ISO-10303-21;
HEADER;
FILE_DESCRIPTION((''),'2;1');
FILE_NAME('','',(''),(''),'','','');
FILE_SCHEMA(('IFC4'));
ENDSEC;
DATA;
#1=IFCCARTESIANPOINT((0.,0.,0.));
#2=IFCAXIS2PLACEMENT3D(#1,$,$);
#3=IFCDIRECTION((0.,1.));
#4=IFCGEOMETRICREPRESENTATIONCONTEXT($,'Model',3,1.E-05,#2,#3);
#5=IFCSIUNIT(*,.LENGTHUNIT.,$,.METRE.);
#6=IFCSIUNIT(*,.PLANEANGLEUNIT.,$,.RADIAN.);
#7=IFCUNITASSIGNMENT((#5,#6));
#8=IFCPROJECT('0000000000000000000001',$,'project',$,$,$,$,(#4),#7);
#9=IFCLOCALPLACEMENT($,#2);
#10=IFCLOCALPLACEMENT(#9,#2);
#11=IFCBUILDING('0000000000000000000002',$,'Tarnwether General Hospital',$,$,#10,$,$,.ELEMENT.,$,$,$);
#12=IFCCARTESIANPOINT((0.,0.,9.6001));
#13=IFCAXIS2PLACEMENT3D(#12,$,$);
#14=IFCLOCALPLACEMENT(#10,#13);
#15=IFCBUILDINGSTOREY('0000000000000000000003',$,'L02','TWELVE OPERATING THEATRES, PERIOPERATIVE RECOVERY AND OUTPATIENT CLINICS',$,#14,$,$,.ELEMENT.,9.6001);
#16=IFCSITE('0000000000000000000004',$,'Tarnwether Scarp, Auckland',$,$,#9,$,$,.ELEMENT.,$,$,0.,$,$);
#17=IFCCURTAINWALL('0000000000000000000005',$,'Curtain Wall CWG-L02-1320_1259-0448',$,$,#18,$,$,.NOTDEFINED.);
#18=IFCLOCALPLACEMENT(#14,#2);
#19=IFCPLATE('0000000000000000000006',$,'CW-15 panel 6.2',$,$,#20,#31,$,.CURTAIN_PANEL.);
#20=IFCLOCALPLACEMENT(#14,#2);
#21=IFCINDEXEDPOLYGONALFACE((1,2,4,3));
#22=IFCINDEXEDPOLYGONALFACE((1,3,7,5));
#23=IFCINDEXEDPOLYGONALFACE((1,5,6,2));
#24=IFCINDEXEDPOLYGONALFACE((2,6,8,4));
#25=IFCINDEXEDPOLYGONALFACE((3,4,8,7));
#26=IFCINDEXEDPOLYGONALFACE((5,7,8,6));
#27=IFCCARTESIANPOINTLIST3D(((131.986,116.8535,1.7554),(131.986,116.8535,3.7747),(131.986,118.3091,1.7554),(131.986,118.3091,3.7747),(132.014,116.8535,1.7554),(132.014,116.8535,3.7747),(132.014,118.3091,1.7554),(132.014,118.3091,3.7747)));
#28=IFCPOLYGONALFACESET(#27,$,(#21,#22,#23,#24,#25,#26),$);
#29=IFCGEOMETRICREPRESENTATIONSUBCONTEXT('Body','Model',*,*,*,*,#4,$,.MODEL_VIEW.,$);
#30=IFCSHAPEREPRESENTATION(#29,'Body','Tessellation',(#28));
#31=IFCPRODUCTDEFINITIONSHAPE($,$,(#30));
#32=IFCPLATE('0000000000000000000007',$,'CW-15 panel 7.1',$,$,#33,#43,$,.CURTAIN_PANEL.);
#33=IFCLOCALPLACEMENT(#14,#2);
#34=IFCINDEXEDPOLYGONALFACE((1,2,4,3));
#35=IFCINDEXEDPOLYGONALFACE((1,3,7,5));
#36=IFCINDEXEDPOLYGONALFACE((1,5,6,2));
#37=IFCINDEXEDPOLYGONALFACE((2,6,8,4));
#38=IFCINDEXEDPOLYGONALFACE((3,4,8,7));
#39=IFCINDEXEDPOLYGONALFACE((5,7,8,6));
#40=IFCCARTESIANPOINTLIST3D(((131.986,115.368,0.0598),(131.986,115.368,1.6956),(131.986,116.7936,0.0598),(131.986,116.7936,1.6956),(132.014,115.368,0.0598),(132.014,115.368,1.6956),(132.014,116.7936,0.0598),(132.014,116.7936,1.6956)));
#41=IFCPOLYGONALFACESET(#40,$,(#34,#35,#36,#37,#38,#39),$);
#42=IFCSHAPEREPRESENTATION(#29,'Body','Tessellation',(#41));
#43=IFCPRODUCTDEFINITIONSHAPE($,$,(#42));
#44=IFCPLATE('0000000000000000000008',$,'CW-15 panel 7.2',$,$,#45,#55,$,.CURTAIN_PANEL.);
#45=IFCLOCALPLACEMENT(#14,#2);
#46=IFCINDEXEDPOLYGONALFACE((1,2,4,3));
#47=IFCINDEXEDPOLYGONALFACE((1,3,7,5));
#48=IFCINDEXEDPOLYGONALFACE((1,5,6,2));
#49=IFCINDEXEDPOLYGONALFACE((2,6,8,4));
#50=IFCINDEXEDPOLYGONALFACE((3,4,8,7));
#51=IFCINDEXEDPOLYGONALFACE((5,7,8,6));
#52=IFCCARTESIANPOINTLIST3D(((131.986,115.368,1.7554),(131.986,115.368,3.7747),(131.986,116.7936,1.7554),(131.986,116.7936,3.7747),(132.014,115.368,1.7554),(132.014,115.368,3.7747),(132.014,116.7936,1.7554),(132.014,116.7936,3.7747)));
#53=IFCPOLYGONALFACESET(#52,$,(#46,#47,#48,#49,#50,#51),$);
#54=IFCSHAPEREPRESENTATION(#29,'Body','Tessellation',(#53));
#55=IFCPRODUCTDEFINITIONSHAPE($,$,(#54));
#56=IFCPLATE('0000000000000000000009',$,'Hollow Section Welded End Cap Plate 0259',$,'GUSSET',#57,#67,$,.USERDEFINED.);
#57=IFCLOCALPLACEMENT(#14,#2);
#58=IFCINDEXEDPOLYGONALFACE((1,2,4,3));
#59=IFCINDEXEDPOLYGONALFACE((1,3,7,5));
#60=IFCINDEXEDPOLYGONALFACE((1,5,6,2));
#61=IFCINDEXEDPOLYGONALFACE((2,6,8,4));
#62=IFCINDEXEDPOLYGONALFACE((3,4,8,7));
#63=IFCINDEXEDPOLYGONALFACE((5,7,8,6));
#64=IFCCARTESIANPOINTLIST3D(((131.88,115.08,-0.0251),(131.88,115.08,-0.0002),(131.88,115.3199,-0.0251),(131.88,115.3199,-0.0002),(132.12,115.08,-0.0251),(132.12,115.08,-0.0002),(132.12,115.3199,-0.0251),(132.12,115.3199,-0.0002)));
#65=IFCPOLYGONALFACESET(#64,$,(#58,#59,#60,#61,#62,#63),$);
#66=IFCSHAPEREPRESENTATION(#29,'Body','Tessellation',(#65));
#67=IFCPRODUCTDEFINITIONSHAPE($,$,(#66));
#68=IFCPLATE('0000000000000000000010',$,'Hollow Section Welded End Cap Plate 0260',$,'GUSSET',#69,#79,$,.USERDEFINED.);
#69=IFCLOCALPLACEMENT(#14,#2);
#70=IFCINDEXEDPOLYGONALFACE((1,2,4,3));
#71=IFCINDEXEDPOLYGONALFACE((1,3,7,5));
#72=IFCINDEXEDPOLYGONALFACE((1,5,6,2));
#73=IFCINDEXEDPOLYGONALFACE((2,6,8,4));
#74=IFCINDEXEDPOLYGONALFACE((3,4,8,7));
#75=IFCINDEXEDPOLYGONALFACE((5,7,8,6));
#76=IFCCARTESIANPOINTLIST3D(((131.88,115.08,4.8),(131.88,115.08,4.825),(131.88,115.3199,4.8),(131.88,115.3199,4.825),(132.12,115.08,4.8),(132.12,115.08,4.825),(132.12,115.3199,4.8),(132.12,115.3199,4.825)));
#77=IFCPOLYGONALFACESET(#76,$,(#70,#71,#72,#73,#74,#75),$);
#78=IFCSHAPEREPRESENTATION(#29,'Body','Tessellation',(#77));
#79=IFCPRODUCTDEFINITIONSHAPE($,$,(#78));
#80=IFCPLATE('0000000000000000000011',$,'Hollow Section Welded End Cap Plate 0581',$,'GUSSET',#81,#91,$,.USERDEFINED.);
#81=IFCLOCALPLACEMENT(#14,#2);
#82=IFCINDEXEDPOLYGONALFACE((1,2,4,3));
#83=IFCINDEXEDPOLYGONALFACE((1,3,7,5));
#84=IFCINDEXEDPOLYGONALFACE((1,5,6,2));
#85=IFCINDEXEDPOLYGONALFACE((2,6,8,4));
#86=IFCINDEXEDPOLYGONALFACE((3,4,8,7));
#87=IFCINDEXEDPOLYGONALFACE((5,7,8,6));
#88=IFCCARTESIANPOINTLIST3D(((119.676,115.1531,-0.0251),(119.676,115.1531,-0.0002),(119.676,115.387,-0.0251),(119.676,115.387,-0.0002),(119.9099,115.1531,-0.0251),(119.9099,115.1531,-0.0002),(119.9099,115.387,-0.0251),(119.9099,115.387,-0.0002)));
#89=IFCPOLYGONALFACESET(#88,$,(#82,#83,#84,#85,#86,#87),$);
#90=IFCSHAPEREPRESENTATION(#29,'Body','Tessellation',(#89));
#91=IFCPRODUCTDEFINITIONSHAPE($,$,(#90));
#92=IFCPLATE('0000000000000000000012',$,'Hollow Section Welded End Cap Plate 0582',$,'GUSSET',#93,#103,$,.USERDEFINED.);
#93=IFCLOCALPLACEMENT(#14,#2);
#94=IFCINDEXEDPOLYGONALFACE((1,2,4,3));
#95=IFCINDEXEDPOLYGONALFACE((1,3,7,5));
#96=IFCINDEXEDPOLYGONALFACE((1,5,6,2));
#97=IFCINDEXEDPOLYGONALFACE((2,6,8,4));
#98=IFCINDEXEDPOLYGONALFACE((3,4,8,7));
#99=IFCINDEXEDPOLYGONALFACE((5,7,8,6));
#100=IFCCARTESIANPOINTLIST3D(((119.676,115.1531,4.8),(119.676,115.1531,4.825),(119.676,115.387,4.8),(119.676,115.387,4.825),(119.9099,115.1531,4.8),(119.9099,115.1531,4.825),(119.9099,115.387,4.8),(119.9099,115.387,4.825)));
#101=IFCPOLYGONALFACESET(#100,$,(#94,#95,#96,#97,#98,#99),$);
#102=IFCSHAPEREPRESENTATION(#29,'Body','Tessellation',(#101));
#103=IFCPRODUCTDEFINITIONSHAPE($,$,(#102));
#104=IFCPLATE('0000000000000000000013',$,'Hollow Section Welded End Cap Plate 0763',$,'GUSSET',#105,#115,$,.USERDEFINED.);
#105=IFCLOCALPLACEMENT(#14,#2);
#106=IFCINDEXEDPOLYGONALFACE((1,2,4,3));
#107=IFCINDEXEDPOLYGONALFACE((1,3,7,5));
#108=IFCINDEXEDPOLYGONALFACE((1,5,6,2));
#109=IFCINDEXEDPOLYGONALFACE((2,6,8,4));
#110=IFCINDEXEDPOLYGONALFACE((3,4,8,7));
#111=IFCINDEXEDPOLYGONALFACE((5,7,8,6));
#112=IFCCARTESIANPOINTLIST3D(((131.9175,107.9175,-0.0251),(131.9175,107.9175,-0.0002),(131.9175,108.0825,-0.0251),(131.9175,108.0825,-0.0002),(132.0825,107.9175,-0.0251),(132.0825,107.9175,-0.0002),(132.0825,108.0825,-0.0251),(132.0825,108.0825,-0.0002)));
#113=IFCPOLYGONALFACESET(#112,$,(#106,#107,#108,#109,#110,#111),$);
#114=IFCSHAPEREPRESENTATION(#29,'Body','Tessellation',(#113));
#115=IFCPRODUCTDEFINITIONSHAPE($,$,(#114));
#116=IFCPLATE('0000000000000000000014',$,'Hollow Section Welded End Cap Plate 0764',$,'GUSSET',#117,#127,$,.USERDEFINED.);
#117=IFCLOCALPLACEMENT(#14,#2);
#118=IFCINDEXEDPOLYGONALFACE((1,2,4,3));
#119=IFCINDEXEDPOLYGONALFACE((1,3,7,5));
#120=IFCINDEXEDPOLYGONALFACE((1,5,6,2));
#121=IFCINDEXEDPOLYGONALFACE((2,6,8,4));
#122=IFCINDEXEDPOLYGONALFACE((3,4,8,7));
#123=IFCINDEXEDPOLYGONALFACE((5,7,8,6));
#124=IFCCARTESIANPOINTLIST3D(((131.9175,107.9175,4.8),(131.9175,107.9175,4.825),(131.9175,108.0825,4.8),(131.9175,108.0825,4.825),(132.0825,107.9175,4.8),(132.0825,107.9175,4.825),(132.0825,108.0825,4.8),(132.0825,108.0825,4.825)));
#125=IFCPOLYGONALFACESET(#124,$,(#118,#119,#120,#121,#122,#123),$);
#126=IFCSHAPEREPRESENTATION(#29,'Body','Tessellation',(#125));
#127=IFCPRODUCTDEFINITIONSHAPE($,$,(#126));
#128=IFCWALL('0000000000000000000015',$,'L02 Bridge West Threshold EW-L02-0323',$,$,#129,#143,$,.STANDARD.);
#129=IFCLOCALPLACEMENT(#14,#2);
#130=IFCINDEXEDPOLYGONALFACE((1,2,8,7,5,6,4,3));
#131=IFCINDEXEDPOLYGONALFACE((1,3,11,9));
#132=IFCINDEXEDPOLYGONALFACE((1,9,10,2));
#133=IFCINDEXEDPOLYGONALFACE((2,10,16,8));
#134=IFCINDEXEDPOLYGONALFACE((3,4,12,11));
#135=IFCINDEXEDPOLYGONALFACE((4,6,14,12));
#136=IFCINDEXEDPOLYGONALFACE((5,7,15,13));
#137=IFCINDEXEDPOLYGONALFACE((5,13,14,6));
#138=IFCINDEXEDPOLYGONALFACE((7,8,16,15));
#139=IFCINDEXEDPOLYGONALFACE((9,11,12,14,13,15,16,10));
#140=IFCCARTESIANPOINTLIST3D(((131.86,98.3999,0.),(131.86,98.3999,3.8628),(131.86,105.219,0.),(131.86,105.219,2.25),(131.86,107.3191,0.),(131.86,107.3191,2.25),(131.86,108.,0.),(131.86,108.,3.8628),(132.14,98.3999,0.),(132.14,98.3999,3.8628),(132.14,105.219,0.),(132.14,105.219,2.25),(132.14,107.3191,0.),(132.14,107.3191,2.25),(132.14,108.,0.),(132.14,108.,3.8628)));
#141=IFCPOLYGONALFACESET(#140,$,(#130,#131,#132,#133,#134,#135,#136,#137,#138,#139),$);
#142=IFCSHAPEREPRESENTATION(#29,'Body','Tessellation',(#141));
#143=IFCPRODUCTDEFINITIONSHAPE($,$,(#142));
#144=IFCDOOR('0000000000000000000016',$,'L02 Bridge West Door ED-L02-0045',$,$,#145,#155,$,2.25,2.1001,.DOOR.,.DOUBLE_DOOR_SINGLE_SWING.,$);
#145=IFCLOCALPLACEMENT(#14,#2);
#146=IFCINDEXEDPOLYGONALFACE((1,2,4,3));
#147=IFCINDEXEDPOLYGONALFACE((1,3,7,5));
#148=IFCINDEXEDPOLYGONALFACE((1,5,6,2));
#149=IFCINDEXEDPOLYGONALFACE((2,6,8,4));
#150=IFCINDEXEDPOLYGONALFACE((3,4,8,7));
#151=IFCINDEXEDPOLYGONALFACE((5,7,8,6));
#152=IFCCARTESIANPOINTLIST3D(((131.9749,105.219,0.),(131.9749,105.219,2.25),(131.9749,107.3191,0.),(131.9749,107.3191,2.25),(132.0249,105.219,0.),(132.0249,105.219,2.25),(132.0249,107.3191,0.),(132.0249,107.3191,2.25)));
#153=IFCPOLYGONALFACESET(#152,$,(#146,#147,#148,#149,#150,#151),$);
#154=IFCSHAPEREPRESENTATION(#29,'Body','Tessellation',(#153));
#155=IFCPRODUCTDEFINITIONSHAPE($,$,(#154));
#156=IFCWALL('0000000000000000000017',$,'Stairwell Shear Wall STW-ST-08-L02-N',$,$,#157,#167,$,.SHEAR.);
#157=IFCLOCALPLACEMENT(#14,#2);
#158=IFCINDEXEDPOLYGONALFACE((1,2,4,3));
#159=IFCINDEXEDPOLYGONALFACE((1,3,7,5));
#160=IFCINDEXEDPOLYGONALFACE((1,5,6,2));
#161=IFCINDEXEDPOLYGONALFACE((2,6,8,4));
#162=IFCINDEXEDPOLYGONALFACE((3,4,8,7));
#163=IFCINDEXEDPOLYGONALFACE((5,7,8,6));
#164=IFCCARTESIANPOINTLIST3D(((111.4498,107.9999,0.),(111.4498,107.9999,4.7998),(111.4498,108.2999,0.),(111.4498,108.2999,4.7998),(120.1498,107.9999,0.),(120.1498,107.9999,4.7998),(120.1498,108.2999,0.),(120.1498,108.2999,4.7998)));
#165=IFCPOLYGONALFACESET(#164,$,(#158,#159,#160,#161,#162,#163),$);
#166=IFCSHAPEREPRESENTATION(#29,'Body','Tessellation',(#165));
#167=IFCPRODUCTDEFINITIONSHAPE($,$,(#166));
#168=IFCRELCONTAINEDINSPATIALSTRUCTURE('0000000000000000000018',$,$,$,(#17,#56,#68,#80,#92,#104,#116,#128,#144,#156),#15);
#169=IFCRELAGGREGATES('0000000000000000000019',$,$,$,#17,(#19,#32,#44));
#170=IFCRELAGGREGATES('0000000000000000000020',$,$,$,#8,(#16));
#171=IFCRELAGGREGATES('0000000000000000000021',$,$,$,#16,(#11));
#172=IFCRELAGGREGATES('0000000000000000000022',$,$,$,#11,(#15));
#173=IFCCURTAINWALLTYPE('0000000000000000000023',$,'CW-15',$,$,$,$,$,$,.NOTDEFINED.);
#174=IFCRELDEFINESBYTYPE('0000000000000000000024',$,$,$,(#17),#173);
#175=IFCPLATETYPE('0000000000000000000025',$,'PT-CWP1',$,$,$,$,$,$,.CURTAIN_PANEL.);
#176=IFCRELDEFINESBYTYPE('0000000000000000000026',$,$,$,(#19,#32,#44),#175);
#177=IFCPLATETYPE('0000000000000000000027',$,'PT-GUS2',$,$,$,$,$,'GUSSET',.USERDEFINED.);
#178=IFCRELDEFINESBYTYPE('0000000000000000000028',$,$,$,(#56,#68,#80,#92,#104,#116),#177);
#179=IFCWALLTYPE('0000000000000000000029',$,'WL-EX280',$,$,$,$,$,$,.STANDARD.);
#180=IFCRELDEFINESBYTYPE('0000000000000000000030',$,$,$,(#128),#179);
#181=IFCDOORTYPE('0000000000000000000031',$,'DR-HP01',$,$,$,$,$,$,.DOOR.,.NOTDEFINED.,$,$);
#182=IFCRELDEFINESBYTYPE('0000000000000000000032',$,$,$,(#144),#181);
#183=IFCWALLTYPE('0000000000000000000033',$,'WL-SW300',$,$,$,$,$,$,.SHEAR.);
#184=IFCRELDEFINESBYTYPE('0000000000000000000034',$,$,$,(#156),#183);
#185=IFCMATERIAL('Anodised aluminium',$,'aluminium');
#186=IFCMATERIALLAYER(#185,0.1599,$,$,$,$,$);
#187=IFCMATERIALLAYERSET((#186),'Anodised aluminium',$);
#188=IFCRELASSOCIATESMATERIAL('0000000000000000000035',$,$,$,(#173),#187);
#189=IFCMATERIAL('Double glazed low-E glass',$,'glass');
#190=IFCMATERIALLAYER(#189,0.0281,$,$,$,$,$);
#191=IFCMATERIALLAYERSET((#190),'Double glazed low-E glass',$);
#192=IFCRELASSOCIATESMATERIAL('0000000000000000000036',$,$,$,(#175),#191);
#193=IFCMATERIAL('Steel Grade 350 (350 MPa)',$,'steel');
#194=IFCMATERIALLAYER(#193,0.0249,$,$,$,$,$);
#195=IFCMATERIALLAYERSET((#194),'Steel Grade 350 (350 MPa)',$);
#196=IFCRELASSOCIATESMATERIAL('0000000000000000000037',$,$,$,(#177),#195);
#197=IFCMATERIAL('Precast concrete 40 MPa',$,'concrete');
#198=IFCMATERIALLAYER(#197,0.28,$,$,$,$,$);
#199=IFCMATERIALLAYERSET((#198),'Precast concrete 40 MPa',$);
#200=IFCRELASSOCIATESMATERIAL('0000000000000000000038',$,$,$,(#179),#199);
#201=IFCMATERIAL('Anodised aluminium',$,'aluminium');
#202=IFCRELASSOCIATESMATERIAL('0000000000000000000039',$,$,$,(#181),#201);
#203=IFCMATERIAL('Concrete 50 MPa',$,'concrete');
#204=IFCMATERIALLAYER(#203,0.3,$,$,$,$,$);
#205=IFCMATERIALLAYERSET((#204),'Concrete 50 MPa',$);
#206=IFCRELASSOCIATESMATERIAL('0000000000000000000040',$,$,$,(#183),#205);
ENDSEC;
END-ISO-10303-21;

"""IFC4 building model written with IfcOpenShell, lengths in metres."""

from ifc_helpers import new_model, si_unit, direction, frame, frame_2d, origin, origin_2d, place, context, subcontext, project, spatial, rectangle, extrude, material, layer, layer_set, type_object, element, fill, aggregate, save


model = new_model("IFC4")

# Units and contexts
model_context = context("Model", 3, precision=1e-05, world=origin(), true_north=direction((0.0, 1.0)))
body_context = subcontext(model_context, "Body", "Model", "MODEL_VIEW")
ifc_project = project(units=[si_unit("LENGTHUNIT", "METRE"), si_unit("PLANEANGLEUNIT", "RADIAN")], contexts=[model_context])

# Site, building, storey
site_placement = place(None, origin())
site = spatial("IfcSite", under=ifc_project, at=site_placement, Name="Tarnwether Scarp, Auckland", CompositionType="ELEMENT", RefElevation=0.0)
building_placement = place(site_placement, origin())
building = spatial("IfcBuilding", under=site, at=building_placement, Name="Tarnwether General Hospital", CompositionType="ELEMENT")
storey_placement = place(building_placement, frame((0.0, 0.0, 9.6001)))
storey = spatial("IfcBuildingStorey", under=building, at=storey_placement, Name="L02", Description="TWELVE OPERATING THEATRES, PERIOPERATIVE RECOVERY AND OUTPATIENT CLINICS", CompositionType="ELEMENT", Elevation=9.6001)

# Curtain wall
ifc_material_1 = material(Name="Anodised aluminium", Category="aluminium")
ifc_layer_1 = layer(ifc_material_1, 0.1599)
ifc_layer_set_1 = layer_set([ifc_layer_1], Name="Anodised aluminium")
curtain_wall_type = type_object("IfcCurtainWallType", Name="CW-15", PredefinedType="NOTDEFINED", material=ifc_layer_set_1)
curtain_wall_1_placement = place(storey_placement, origin())
curtain_wall_1 = element("IfcCurtainWall", 1, at=curtain_wall_1_placement, inside=storey, type_object=curtain_wall_type, Name="Curtain Wall CWG-L02-1320_1259-0448", PredefinedType="NOTDEFINED")

# Plates
ifc_material_2 = material(Name="Double glazed low-E glass", Category="glass")
ifc_layer_2 = layer(ifc_material_2, 0.0281)
ifc_layer_set_2 = layer_set([ifc_layer_2], Name="Double glazed low-E glass")
plate_type_1 = type_object("IfcPlateType", Name="PT-CWP1", PredefinedType="CURTAIN_PANEL", material=ifc_layer_set_2)
plate_1_placement = place(storey_placement, frame((132.0, 117.5813, 1.7554), z_axis=(0.0, 0.0, 1.0), x_axis=(0.0, -1.0, 0.0)))
plate_1 = element("IfcPlate", 2, at=plate_1_placement, type_object=plate_type_1, Name="CW-15 panel 6.2", PredefinedType="CURTAIN_PANEL", context=body_context, shape_type="SweptSolid", body=[
    extrude(rectangle(XDim=1.4556, YDim=0.0281, at=origin_2d()), origin(), (0.0, 0.0, 1.0), 2.0193),
])
plate_2_placement = place(storey_placement, frame((132.0, 116.0808, 0.0598), z_axis=(0.0, 0.0, 1.0), x_axis=(0.0, -1.0, 0.0)))
plate_2 = element("IfcPlate", 3, at=plate_2_placement, type_object=plate_type_1, Name="CW-15 panel 7.1", PredefinedType="CURTAIN_PANEL", context=body_context, shape_type="SweptSolid", body=[
    extrude(rectangle(XDim=1.4255, YDim=0.0281, at=origin_2d()), origin(), (0.0, 0.0, 1.0), 1.6357),
])
plate_3_placement = place(storey_placement, frame((132.0, 116.0808, 1.7554), z_axis=(0.0, 0.0, 1.0), x_axis=(0.0, -1.0, 0.0)))
plate_3 = element("IfcPlate", 4, at=plate_3_placement, type_object=plate_type_1, Name="CW-15 panel 7.2", PredefinedType="CURTAIN_PANEL", context=body_context, shape_type="SweptSolid", body=[
    extrude(rectangle(XDim=1.4255, YDim=0.0281, at=origin_2d()), origin(), (0.0, 0.0, 1.0), 2.0193),
])
aggregate(curtain_wall_1, [plate_1, plate_2, plate_3])

# Plates
ifc_material_3 = material(Name="Steel Grade 350 (350 MPa)", Category="steel")
ifc_layer_3 = layer(ifc_material_3, 0.0249)
ifc_layer_set_3 = layer_set([ifc_layer_3], Name="Steel Grade 350 (350 MPa)")
plate_type_2 = type_object("IfcPlateType", Name="PT-GUS2", ElementType="GUSSET", PredefinedType="USERDEFINED", material=ifc_layer_set_3)
for number, where, z_axis, x_axis, name in (
    (5, (132.0, 115.2, -0.0251), (0.0, 0.0, 1.0), (1.0, 0.0, 0.0), "Hollow Section Welded End Cap Plate 0259"),
    (6, (132.0, 115.2, 4.8), (0.0, 0.0, 1.0), (1.0, 0.0, 0.0), "Hollow Section Welded End Cap Plate 0260"),
):
    element("IfcPlate", number, at=place(storey_placement, frame(where, z_axis=z_axis, x_axis=x_axis)), inside=storey, type_object=plate_type_2, Name=name, ObjectType="GUSSET", PredefinedType="USERDEFINED", context=body_context, shape_type="SweptSolid", body=[
        extrude(rectangle(XDim=0.24, YDim=0.24, at=origin_2d()), origin(), (0.0, 0.0, 1.0), 0.0249),
    ])
for number, where, z_axis, x_axis, name in (
    (7, (119.793, 115.27, -0.0251), (0.0, 0.0, 1.0), (1.0, 0.0, 0.0), "Hollow Section Welded End Cap Plate 0581"),
    (8, (119.793, 115.27, 4.8), (0.0, 0.0, 1.0), (1.0, 0.0, 0.0), "Hollow Section Welded End Cap Plate 0582"),
):
    element("IfcPlate", number, at=place(storey_placement, frame(where, z_axis=z_axis, x_axis=x_axis)), inside=storey, type_object=plate_type_2, Name=name, ObjectType="GUSSET", PredefinedType="USERDEFINED", context=body_context, shape_type="SweptSolid", body=[
        extrude(rectangle(XDim=0.2339, YDim=0.2339, at=origin_2d()), origin(), (0.0, 0.0, 1.0), 0.0249),
    ])
for number, where, z_axis, x_axis, name in (
    (9, (132.0, 108.0, -0.0251), (0.0, 0.0, 1.0), (1.0, 0.0, 0.0), "Hollow Section Welded End Cap Plate 0763"),
    (10, (132.0, 108.0, 4.8), (0.0, 0.0, 1.0), (1.0, 0.0, 0.0), "Hollow Section Welded End Cap Plate 0764"),
):
    element("IfcPlate", number, at=place(storey_placement, frame(where, z_axis=z_axis, x_axis=x_axis)), inside=storey, type_object=plate_type_2, Name=name, ObjectType="GUSSET", PredefinedType="USERDEFINED", context=body_context, shape_type="SweptSolid", body=[
        extrude(rectangle(XDim=0.165, YDim=0.165, at=origin_2d()), origin(), (0.0, 0.0, 1.0), 0.0249),
    ])

# Wall, opening, door
ifc_material_4 = material(Name="Precast concrete 40 MPa", Category="concrete")
ifc_layer_4 = layer(ifc_material_4, 0.28)
ifc_layer_set_4 = layer_set([ifc_layer_4], Name="Precast concrete 40 MPa")
wall_type_1 = type_object("IfcWallType", Name="WL-EX280", PredefinedType="STANDARD", material=ifc_layer_set_4)
wall_1_placement = place(storey_placement, frame((132.0, 108.0, 0.0), z_axis=(0.0, 0.0, 1.0), x_axis=(0.0, -1.0, 0.0)))
wall_1 = element("IfcWall", 11, at=wall_1_placement, inside=storey, type_object=wall_type_1, Name="L02 Bridge West Threshold EW-L02-0323", PredefinedType="STANDARD", context=body_context, shape_type="SweptSolid", body=[
    extrude(rectangle(XDim=9.6001, YDim=0.28, at=frame_2d((4.8, 0.0))), origin(), (0.0, 0.0, 1.0), 3.8628),
])
opening_placement = place(wall_1_placement, frame((0.6809, 0.0, 0.0)))
opening = element("IfcOpeningElement", 12, at=opening_placement, cuts=wall_1, PredefinedType="OPENING", context=body_context, shape_type="SweptSolid", body=[
    extrude(rectangle(XDim=2.1001, YDim=2.25, at=frame_2d((1.05, 1.125))), frame((0.0, 0.1499, 0.0), z_axis=(0.0, -1.0, 0.0), x_axis=(1.0, 0.0, 0.0)), (0.0, 0.0, 1.0), 0.3),
])
ifc_material_5 = material(Name="Anodised aluminium", Category="aluminium")
door_type = type_object("IfcDoorType", Name="DR-HP01", OperationType="NOTDEFINED", PredefinedType="DOOR", material=ifc_material_5)
door_placement = place(opening_placement, origin())
door = element("IfcDoor", 13, at=door_placement, inside=storey, type_object=door_type, Name="L02 Bridge West Door ED-L02-0045", OperationType="DOUBLE_DOOR_SINGLE_SWING", OverallHeight=2.25, OverallWidth=2.1001, PredefinedType="DOOR", context=body_context, shape_type="SweptSolid", body=[
    extrude(rectangle(XDim=2.1001, YDim=2.25, at=frame_2d((1.05, 1.125))), frame((0.0, 0.0249, 0.0), z_axis=(0.0, -1.0, 0.0), x_axis=(1.0, 0.0, 0.0)), (0.0, 0.0, 1.0), 0.05),
])
fill(opening, door)

# Wall
ifc_material_6 = material(Name="Concrete 50 MPa", Category="concrete")
ifc_layer_5 = layer(ifc_material_6, 0.3)
ifc_layer_set_5 = layer_set([ifc_layer_5], Name="Concrete 50 MPa")
wall_type_2 = type_object("IfcWallType", Name="WL-SW300", PredefinedType="SHEAR", material=ifc_layer_set_5)
wall_2_placement = place(storey_placement, frame((120.1499, 108.1499, 0.0), z_axis=(0.0, 0.0, 1.0), x_axis=(-1.0, 0.0, 0.0)))
element("IfcWall", 14, at=wall_2_placement, inside=storey, type_object=wall_type_2, Name="Stairwell Shear Wall STW-ST-08-L02-N", PredefinedType="SHEAR", context=body_context, shape_type="SweptSolid", body=[
    extrude(rectangle(XDim=8.7, YDim=0.3, at=frame_2d((4.3501, 0.0))), origin(), (0.0, 0.0, 1.0), 4.7998),
])

save(model, "model.ifc")
